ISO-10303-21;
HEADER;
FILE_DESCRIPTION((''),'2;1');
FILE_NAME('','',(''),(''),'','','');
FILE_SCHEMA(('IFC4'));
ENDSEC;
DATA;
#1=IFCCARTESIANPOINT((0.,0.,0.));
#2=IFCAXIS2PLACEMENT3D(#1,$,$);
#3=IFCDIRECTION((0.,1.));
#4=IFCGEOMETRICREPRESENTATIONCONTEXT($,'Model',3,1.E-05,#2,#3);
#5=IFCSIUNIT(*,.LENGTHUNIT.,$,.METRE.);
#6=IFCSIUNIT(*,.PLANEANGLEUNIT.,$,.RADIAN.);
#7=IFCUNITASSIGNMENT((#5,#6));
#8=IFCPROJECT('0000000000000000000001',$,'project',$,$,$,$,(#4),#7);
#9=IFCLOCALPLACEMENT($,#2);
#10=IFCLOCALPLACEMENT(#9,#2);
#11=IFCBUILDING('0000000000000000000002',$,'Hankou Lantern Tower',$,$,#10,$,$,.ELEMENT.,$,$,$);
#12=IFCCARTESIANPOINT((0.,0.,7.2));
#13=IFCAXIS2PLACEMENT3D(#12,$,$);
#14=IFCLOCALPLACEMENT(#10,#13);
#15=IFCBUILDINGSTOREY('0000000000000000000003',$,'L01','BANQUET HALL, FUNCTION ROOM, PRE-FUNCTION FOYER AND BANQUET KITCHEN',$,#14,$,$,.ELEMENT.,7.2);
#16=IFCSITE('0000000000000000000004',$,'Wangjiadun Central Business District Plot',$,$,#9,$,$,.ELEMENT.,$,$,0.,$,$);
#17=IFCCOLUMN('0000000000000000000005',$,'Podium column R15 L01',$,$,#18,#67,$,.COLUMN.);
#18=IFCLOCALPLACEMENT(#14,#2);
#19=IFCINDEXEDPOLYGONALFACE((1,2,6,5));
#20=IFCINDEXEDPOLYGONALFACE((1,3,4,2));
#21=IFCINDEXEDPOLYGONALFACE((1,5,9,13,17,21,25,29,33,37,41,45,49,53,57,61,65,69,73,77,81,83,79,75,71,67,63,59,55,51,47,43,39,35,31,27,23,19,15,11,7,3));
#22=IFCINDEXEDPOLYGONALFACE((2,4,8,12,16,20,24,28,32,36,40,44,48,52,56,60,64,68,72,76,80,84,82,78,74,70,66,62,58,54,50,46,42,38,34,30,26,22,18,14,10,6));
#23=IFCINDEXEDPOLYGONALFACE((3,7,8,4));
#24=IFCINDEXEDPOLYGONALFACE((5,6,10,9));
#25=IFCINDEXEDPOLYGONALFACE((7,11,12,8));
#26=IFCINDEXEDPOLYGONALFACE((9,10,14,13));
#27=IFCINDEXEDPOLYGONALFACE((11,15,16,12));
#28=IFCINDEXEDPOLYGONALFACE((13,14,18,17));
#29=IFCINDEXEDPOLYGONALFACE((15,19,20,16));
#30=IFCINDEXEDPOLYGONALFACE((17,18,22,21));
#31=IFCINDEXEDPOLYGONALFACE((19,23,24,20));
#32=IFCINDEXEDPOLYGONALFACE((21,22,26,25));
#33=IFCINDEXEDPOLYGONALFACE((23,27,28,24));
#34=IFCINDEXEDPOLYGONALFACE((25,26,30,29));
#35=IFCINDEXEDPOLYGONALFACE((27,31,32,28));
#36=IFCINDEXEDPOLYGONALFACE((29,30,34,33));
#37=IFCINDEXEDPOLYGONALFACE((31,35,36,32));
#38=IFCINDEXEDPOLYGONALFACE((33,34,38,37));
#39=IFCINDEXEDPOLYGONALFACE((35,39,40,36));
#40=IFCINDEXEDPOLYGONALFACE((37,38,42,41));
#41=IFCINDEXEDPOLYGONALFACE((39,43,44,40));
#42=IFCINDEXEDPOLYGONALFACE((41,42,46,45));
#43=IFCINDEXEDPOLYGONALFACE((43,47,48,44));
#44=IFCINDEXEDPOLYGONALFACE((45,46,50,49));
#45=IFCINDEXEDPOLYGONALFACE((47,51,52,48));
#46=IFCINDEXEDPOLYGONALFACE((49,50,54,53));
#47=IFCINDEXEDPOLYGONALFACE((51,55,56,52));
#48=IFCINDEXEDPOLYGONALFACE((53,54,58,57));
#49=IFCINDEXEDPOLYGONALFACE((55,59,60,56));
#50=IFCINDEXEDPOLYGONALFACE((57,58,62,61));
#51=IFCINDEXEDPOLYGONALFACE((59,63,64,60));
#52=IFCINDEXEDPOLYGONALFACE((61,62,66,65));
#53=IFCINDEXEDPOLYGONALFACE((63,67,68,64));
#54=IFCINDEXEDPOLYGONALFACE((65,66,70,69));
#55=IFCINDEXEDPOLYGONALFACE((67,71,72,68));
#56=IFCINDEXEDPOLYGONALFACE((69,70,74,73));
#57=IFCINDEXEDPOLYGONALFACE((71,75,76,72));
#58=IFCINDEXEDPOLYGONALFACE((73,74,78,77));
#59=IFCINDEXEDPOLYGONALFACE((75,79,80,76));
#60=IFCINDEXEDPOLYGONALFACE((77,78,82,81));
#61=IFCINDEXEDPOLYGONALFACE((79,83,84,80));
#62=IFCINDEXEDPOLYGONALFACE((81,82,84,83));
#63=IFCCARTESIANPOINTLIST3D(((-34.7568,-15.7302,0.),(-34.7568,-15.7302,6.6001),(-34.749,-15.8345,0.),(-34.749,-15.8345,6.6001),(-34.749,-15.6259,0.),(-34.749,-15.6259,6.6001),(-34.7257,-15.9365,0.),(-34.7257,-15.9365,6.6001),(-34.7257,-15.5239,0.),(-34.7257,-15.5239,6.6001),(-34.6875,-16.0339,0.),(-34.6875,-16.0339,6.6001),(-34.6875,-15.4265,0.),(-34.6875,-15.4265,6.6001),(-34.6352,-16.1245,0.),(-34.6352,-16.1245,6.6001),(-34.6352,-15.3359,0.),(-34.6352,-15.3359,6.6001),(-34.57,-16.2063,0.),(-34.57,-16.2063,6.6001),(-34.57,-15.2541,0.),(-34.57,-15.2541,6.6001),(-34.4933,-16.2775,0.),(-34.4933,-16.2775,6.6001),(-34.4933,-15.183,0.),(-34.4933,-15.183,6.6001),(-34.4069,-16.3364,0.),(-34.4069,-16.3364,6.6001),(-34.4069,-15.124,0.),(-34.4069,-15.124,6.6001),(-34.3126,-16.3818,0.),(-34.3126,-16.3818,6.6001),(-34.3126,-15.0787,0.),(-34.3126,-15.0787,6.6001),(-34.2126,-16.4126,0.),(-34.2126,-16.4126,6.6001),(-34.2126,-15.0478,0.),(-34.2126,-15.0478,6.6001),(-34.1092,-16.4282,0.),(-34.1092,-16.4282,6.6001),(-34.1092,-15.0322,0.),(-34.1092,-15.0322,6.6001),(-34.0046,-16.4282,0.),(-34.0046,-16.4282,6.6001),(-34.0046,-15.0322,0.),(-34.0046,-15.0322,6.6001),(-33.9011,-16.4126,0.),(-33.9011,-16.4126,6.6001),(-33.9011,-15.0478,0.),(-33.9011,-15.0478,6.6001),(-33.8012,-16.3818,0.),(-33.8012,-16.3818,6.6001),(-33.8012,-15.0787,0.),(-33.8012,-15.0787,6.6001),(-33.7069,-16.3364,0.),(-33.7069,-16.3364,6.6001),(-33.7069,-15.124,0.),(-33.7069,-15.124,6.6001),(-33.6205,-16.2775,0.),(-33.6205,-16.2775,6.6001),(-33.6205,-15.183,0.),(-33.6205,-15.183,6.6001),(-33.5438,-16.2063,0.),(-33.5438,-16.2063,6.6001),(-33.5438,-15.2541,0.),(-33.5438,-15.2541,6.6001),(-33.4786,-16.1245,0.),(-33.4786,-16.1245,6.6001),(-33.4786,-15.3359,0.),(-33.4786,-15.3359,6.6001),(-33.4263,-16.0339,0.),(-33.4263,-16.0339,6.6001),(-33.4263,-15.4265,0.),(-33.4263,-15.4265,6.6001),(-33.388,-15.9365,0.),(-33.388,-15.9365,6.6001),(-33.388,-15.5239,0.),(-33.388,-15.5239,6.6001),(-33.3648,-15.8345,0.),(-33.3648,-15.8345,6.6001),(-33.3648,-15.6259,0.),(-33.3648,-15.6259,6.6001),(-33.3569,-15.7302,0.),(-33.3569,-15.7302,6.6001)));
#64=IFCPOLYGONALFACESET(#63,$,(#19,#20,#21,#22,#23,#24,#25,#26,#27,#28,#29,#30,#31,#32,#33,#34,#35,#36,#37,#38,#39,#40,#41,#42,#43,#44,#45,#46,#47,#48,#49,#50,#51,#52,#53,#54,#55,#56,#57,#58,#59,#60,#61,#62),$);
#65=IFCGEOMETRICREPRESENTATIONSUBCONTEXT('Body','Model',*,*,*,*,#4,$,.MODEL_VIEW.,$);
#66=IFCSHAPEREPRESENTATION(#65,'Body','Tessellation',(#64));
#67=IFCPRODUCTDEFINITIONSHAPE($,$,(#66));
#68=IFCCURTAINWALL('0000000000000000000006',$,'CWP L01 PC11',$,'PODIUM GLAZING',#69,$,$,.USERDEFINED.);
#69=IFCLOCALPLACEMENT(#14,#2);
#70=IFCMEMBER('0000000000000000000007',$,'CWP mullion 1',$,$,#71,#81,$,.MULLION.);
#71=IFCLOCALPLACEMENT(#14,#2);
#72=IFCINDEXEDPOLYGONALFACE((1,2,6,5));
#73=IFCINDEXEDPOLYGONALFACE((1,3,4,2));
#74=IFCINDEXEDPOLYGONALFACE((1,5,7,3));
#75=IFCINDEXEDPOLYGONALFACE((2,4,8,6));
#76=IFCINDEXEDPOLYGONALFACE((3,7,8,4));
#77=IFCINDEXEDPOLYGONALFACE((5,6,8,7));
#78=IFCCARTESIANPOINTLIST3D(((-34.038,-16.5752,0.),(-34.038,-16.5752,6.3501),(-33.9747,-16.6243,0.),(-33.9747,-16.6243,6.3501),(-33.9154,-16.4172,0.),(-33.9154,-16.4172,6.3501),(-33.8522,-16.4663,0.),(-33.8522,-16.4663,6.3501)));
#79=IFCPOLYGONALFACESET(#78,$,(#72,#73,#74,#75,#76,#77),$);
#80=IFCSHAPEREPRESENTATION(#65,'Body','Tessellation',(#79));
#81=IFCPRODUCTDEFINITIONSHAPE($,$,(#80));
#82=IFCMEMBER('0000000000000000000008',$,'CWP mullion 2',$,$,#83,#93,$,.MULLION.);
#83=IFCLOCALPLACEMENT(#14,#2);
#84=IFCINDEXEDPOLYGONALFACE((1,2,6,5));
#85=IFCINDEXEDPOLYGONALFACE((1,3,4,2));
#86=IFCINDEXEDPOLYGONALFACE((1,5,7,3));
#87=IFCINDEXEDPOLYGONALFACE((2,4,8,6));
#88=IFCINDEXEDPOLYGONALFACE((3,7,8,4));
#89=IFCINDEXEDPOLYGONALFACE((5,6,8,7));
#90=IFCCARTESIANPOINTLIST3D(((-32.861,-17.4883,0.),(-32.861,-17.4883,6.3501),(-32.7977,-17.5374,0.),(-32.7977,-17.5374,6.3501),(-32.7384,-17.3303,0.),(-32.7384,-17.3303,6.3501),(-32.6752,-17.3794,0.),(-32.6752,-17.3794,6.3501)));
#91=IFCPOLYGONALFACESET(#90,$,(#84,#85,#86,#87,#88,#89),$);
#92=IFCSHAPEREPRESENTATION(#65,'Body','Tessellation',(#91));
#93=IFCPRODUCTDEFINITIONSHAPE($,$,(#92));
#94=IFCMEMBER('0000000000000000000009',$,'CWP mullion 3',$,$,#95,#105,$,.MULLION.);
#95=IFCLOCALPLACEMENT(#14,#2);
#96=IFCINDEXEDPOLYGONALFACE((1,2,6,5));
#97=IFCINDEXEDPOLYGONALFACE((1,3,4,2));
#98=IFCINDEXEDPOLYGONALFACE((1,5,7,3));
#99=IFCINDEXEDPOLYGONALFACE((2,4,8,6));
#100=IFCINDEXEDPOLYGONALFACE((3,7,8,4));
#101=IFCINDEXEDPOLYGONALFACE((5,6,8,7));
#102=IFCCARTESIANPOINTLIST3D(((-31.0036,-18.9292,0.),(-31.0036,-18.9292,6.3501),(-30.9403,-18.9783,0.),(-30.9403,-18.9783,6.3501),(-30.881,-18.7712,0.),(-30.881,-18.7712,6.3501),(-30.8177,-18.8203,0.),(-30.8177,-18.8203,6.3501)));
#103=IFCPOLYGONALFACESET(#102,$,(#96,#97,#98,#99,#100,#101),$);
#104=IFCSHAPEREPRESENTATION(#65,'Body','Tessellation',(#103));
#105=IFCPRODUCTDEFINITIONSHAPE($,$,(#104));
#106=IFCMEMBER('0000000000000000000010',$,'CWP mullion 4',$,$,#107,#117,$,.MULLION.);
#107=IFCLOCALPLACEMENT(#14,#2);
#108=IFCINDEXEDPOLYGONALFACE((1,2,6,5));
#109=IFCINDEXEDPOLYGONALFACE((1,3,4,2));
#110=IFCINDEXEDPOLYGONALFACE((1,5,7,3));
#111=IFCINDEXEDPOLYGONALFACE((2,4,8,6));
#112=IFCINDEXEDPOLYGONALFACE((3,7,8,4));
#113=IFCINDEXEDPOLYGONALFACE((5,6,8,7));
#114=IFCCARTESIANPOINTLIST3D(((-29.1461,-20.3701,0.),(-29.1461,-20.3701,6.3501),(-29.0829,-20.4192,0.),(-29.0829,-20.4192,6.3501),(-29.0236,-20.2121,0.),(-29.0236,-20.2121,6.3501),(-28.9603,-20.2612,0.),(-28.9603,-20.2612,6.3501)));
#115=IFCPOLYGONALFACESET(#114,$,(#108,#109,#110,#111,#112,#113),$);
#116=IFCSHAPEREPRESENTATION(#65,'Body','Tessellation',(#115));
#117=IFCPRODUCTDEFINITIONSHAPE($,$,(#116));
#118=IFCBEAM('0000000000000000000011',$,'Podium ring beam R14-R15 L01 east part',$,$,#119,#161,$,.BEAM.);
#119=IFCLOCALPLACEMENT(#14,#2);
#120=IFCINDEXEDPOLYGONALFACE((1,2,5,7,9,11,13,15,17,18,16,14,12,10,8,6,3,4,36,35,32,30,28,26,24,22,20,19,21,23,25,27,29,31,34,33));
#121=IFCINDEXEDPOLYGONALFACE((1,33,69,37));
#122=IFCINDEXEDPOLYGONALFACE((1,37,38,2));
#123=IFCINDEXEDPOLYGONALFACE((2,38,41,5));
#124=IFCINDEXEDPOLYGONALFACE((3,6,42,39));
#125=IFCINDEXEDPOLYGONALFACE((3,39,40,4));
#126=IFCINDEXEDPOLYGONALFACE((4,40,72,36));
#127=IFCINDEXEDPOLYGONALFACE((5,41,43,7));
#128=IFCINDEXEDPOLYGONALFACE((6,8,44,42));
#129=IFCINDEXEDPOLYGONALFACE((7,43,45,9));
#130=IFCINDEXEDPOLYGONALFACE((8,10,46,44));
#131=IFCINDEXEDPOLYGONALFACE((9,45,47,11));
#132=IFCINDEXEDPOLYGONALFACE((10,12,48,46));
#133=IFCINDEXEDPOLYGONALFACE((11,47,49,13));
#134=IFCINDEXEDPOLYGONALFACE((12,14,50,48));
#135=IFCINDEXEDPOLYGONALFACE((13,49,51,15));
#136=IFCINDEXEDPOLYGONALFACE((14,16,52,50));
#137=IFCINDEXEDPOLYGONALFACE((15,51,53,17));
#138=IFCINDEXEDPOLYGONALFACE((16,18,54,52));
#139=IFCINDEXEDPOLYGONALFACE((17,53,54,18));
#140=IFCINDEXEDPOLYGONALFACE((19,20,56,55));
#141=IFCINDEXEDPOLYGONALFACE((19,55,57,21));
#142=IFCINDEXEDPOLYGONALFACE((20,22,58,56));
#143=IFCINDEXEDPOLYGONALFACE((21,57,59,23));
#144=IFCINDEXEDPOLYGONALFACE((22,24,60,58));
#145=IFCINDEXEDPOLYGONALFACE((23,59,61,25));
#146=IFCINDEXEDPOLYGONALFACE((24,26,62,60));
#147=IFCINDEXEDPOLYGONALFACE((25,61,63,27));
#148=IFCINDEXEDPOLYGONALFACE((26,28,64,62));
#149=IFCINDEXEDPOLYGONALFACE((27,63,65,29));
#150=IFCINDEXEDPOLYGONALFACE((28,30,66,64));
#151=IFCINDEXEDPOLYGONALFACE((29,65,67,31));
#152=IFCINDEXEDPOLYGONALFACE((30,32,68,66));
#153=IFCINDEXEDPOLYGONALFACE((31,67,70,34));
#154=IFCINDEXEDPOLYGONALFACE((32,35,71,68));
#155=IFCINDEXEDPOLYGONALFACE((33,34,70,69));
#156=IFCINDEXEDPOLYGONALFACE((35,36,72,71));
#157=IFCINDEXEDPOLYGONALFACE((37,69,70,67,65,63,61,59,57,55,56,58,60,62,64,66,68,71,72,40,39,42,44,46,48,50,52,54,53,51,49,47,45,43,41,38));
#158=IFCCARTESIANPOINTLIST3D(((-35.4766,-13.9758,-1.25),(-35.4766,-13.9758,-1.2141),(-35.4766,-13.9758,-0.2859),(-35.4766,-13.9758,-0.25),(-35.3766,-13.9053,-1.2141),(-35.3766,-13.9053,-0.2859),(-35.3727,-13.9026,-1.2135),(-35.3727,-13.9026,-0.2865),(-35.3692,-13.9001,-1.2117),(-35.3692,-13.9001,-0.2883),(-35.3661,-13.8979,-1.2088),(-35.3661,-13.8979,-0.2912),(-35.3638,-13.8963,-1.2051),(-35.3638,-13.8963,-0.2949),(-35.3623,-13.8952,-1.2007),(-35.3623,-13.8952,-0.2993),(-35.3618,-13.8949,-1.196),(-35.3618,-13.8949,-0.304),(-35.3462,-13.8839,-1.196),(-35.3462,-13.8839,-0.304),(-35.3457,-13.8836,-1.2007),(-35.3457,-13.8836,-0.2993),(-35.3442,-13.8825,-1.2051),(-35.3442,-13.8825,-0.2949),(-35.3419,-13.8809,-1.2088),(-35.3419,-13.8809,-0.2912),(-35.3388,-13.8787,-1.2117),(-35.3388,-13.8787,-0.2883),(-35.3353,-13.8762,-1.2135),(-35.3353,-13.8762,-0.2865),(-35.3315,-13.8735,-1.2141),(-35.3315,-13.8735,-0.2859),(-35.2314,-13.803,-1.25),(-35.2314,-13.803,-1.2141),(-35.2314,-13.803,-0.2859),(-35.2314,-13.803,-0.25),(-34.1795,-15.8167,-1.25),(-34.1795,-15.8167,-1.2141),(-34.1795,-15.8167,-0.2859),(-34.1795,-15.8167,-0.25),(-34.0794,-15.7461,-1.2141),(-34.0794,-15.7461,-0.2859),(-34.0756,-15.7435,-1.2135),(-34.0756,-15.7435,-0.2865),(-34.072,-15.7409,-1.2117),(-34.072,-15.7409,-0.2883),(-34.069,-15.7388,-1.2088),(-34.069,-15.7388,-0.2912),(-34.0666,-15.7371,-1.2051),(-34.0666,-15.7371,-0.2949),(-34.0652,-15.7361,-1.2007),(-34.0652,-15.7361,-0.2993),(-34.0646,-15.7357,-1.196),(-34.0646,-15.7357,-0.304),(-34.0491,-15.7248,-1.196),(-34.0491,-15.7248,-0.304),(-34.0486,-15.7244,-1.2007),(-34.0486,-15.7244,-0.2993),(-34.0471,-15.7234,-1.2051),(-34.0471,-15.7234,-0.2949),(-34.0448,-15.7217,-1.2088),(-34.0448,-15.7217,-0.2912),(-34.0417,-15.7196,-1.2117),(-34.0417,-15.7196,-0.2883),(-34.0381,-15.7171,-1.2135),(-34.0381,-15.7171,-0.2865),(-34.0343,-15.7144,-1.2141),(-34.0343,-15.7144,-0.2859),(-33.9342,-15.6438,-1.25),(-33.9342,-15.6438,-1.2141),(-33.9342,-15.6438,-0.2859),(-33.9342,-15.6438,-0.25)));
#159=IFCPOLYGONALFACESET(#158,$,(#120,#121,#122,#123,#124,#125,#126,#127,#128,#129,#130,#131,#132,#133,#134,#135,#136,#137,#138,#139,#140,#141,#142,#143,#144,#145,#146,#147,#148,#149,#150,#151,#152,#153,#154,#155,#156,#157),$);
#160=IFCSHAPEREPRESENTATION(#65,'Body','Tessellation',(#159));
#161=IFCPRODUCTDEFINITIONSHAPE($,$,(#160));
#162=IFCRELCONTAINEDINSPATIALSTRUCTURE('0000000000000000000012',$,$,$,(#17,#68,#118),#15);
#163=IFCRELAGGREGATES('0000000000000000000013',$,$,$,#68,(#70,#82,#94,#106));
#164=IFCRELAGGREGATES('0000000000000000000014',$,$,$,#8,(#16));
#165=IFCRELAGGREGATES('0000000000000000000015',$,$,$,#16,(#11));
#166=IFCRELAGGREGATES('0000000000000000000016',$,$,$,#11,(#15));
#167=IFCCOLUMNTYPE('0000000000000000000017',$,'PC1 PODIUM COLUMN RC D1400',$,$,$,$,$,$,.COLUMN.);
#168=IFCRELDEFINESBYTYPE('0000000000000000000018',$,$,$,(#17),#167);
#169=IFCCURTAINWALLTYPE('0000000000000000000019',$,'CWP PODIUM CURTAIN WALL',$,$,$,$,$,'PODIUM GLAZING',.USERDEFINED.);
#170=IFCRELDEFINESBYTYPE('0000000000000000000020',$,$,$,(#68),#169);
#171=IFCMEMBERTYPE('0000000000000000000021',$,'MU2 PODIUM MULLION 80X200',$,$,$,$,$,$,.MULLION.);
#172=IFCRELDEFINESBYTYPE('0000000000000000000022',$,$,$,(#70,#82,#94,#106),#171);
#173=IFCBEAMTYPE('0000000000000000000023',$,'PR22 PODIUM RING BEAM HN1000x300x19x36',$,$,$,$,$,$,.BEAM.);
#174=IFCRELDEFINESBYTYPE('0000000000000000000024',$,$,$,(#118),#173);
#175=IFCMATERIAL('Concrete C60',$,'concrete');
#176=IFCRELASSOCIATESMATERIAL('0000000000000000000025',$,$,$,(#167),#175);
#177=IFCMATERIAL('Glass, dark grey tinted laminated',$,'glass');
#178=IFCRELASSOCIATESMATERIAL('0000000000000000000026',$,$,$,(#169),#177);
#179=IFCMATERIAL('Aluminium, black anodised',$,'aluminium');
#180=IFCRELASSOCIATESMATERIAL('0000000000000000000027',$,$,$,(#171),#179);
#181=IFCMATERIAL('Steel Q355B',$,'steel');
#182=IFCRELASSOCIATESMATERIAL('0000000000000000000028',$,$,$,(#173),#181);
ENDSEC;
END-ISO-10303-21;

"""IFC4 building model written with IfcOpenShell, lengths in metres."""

from ifc_helpers import new_model, si_unit, direction, frame, origin, origin_2d, place, context, subcontext, project, spatial, rectangle, circle, i_section, extrude, material, material_profile, profile_set, type_object, element, aggregate, save


model = new_model("IFC4")

# Units and contexts
model_context = context("Model", 3, precision=1e-05, world=origin(), true_north=direction((0.0, 1.0)))
body_context = subcontext(model_context, "Body", "Model", "MODEL_VIEW")
ifc_project = project(units=[si_unit("LENGTHUNIT", "METRE"), si_unit("PLANEANGLEUNIT", "RADIAN")], contexts=[model_context])

# Site, building, storey
site_placement = place(None, origin())
site = spatial("IfcSite", under=ifc_project, at=site_placement, Name="Wangjiadun Central Business District Plot", CompositionType="ELEMENT", RefElevation=0.0)
building_placement = place(site_placement, origin())
building = spatial("IfcBuilding", under=site, at=building_placement, Name="Hankou Lantern Tower", CompositionType="ELEMENT")
storey_placement = place(building_placement, frame((0.0, 0.0, 7.2)))
storey = spatial("IfcBuildingStorey", under=building, at=storey_placement, Name="L01", Description="BANQUET HALL, FUNCTION ROOM, PRE-FUNCTION FOYER AND BANQUET KITCHEN", CompositionType="ELEMENT", Elevation=7.2)

# Column
ifc_material_1 = material(Name="Concrete C60", Category="concrete")
ifc_material_profile_1 = material_profile(ifc_material_1, circle(Radius=0.7, at=origin_2d()), Name="RC D1400")
ifc_profile_set_1 = profile_set([ifc_material_profile_1], Name="Concrete C60")
column_type = type_object("IfcColumnType", Name="PC1 PODIUM COLUMN RC D1400", PredefinedType="COLUMN", material=ifc_profile_set_1)
column_placement = place(storey_placement, frame((-34.0569, -15.7302, 0.0), z_axis=(0.0, 0.0, 1.0), x_axis=(1.0, 0.0, 0.0)))
element("IfcColumn", 1, at=column_placement, inside=storey, type_object=column_type, Name="Podium column R15 L01", PredefinedType="COLUMN", context=body_context, shape_type="SweptSolid", body=[
    extrude(circle(Radius=0.7, at=origin_2d()), origin(), (0.0, 0.0, 1.0), 6.6001),
])

# Curtain wall, members
ifc_material_2 = material(Name="Glass, dark grey tinted laminated", Category="glass")
curtain_wall_type = type_object("IfcCurtainWallType", Name="CWP PODIUM CURTAIN WALL", ElementType="PODIUM GLAZING", PredefinedType="USERDEFINED", material=ifc_material_2)
curtain_wall_placement = place(storey_placement, origin())
curtain_wall = element("IfcCurtainWall", 2, at=curtain_wall_placement, inside=storey, type_object=curtain_wall_type, Name="CWP L01 PC11", ObjectType="PODIUM GLAZING", PredefinedType="USERDEFINED")
ifc_material_3 = material(Name="Aluminium, black anodised", Category="aluminium")
ifc_material_profile_2 = material_profile(ifc_material_3, rectangle(XDim=0.0801, YDim=0.2, at=origin_2d()), Name="MU2 80X200")
ifc_profile_set_2 = profile_set([ifc_material_profile_2], Name="Aluminium, black anodised")
member_type_1 = type_object("IfcMemberType", Name="MU2 PODIUM MULLION 80X200", PredefinedType="MULLION", material=ifc_profile_set_2)
member_1_placement = place(storey_placement, frame((-33.9451, -16.5208, 0.0), z_axis=(0.0, 0.0, 1.0), x_axis=(0.79013, -0.61294, 0.0)))
member_1 = element("IfcMember", 3, at=member_1_placement, type_object=member_type_1, Name="CWP mullion 1", PredefinedType="MULLION", context=body_context, shape_type="SweptSolid", body=[
    extrude(rectangle(XDim=0.0801, YDim=0.2, at=origin_2d()), origin(), (0.0, 0.0, 1.0), 6.3501),
])
member_2_placement = place(storey_placement, frame((-32.7681, -17.4338, 0.0), z_axis=(0.0, 0.0, 1.0), x_axis=(0.79013, -0.61294, 0.0)))
member_2 = element("IfcMember", 4, at=member_2_placement, type_object=member_type_1, Name="CWP mullion 2", PredefinedType="MULLION", context=body_context, shape_type="SweptSolid", body=[
    extrude(rectangle(XDim=0.0801, YDim=0.2, at=origin_2d()), origin(), (0.0, 0.0, 1.0), 6.3501),
])
member_3_placement = place(storey_placement, frame((-30.9106, -18.8748, 0.0), z_axis=(0.0, 0.0, 1.0), x_axis=(0.79013, -0.61294, 0.0)))
member_3 = element("IfcMember", 5, at=member_3_placement, type_object=member_type_1, Name="CWP mullion 3", PredefinedType="MULLION", context=body_context, shape_type="SweptSolid", body=[
    extrude(rectangle(XDim=0.0801, YDim=0.2, at=origin_2d()), origin(), (0.0, 0.0, 1.0), 6.3501),
])
member_4_placement = place(storey_placement, frame((-29.0532, -20.3157, 0.0), z_axis=(0.0, 0.0, 1.0), x_axis=(0.79013, -0.61294, 0.0)))
member_4 = element("IfcMember", 6, at=member_4_placement, type_object=member_type_1, Name="CWP mullion 4", PredefinedType="MULLION", context=body_context, shape_type="SweptSolid", body=[
    extrude(rectangle(XDim=0.0801, YDim=0.2, at=origin_2d()), origin(), (0.0, 0.0, 1.0), 6.3501),
])

# Beam
ifc_material_4 = material(Name="Steel Q355B", Category="steel")
ifc_material_profile_3 = material_profile(ifc_material_4, i_section(OverallWidth=0.3, OverallDepth=1.0, WebThickness=0.019, FlangeThickness=0.0359, FilletRadius=0.0181, at=origin_2d()), Name="HN1000x300x19x36")
ifc_profile_set_3 = profile_set([ifc_material_profile_3], Name="Steel Q355B")
beam_type_1 = type_object("IfcBeamType", Name="PR22 PODIUM RING BEAM HN1000x300x19x36", PredefinedType="BEAM", material=ifc_profile_set_3)
beam_1_placement = place(storey_placement, frame((-35.354, -13.8894, -0.75), z_axis=(0.576006, -0.817445, 0.0), x_axis=(0.817445, 0.576006, 0.0)))
element("IfcBeam", 7, at=beam_1_placement, inside=storey, type_object=beam_type_1, Name="Podium ring beam R14-R15 L01 east part", PredefinedType="BEAM", context=body_context, shape_type="SweptSolid", body=[
    extrude(i_section(OverallWidth=0.3, OverallDepth=1.0, WebThickness=0.019, FlangeThickness=0.0359, FilletRadius=0.0181, at=origin_2d()), origin(), (0.0, 0.0, 1.0), 2.252),
])

aggregate(curtain_wall, [member_1, member_2, member_3, member_4])

save(model, "model.ifc")
